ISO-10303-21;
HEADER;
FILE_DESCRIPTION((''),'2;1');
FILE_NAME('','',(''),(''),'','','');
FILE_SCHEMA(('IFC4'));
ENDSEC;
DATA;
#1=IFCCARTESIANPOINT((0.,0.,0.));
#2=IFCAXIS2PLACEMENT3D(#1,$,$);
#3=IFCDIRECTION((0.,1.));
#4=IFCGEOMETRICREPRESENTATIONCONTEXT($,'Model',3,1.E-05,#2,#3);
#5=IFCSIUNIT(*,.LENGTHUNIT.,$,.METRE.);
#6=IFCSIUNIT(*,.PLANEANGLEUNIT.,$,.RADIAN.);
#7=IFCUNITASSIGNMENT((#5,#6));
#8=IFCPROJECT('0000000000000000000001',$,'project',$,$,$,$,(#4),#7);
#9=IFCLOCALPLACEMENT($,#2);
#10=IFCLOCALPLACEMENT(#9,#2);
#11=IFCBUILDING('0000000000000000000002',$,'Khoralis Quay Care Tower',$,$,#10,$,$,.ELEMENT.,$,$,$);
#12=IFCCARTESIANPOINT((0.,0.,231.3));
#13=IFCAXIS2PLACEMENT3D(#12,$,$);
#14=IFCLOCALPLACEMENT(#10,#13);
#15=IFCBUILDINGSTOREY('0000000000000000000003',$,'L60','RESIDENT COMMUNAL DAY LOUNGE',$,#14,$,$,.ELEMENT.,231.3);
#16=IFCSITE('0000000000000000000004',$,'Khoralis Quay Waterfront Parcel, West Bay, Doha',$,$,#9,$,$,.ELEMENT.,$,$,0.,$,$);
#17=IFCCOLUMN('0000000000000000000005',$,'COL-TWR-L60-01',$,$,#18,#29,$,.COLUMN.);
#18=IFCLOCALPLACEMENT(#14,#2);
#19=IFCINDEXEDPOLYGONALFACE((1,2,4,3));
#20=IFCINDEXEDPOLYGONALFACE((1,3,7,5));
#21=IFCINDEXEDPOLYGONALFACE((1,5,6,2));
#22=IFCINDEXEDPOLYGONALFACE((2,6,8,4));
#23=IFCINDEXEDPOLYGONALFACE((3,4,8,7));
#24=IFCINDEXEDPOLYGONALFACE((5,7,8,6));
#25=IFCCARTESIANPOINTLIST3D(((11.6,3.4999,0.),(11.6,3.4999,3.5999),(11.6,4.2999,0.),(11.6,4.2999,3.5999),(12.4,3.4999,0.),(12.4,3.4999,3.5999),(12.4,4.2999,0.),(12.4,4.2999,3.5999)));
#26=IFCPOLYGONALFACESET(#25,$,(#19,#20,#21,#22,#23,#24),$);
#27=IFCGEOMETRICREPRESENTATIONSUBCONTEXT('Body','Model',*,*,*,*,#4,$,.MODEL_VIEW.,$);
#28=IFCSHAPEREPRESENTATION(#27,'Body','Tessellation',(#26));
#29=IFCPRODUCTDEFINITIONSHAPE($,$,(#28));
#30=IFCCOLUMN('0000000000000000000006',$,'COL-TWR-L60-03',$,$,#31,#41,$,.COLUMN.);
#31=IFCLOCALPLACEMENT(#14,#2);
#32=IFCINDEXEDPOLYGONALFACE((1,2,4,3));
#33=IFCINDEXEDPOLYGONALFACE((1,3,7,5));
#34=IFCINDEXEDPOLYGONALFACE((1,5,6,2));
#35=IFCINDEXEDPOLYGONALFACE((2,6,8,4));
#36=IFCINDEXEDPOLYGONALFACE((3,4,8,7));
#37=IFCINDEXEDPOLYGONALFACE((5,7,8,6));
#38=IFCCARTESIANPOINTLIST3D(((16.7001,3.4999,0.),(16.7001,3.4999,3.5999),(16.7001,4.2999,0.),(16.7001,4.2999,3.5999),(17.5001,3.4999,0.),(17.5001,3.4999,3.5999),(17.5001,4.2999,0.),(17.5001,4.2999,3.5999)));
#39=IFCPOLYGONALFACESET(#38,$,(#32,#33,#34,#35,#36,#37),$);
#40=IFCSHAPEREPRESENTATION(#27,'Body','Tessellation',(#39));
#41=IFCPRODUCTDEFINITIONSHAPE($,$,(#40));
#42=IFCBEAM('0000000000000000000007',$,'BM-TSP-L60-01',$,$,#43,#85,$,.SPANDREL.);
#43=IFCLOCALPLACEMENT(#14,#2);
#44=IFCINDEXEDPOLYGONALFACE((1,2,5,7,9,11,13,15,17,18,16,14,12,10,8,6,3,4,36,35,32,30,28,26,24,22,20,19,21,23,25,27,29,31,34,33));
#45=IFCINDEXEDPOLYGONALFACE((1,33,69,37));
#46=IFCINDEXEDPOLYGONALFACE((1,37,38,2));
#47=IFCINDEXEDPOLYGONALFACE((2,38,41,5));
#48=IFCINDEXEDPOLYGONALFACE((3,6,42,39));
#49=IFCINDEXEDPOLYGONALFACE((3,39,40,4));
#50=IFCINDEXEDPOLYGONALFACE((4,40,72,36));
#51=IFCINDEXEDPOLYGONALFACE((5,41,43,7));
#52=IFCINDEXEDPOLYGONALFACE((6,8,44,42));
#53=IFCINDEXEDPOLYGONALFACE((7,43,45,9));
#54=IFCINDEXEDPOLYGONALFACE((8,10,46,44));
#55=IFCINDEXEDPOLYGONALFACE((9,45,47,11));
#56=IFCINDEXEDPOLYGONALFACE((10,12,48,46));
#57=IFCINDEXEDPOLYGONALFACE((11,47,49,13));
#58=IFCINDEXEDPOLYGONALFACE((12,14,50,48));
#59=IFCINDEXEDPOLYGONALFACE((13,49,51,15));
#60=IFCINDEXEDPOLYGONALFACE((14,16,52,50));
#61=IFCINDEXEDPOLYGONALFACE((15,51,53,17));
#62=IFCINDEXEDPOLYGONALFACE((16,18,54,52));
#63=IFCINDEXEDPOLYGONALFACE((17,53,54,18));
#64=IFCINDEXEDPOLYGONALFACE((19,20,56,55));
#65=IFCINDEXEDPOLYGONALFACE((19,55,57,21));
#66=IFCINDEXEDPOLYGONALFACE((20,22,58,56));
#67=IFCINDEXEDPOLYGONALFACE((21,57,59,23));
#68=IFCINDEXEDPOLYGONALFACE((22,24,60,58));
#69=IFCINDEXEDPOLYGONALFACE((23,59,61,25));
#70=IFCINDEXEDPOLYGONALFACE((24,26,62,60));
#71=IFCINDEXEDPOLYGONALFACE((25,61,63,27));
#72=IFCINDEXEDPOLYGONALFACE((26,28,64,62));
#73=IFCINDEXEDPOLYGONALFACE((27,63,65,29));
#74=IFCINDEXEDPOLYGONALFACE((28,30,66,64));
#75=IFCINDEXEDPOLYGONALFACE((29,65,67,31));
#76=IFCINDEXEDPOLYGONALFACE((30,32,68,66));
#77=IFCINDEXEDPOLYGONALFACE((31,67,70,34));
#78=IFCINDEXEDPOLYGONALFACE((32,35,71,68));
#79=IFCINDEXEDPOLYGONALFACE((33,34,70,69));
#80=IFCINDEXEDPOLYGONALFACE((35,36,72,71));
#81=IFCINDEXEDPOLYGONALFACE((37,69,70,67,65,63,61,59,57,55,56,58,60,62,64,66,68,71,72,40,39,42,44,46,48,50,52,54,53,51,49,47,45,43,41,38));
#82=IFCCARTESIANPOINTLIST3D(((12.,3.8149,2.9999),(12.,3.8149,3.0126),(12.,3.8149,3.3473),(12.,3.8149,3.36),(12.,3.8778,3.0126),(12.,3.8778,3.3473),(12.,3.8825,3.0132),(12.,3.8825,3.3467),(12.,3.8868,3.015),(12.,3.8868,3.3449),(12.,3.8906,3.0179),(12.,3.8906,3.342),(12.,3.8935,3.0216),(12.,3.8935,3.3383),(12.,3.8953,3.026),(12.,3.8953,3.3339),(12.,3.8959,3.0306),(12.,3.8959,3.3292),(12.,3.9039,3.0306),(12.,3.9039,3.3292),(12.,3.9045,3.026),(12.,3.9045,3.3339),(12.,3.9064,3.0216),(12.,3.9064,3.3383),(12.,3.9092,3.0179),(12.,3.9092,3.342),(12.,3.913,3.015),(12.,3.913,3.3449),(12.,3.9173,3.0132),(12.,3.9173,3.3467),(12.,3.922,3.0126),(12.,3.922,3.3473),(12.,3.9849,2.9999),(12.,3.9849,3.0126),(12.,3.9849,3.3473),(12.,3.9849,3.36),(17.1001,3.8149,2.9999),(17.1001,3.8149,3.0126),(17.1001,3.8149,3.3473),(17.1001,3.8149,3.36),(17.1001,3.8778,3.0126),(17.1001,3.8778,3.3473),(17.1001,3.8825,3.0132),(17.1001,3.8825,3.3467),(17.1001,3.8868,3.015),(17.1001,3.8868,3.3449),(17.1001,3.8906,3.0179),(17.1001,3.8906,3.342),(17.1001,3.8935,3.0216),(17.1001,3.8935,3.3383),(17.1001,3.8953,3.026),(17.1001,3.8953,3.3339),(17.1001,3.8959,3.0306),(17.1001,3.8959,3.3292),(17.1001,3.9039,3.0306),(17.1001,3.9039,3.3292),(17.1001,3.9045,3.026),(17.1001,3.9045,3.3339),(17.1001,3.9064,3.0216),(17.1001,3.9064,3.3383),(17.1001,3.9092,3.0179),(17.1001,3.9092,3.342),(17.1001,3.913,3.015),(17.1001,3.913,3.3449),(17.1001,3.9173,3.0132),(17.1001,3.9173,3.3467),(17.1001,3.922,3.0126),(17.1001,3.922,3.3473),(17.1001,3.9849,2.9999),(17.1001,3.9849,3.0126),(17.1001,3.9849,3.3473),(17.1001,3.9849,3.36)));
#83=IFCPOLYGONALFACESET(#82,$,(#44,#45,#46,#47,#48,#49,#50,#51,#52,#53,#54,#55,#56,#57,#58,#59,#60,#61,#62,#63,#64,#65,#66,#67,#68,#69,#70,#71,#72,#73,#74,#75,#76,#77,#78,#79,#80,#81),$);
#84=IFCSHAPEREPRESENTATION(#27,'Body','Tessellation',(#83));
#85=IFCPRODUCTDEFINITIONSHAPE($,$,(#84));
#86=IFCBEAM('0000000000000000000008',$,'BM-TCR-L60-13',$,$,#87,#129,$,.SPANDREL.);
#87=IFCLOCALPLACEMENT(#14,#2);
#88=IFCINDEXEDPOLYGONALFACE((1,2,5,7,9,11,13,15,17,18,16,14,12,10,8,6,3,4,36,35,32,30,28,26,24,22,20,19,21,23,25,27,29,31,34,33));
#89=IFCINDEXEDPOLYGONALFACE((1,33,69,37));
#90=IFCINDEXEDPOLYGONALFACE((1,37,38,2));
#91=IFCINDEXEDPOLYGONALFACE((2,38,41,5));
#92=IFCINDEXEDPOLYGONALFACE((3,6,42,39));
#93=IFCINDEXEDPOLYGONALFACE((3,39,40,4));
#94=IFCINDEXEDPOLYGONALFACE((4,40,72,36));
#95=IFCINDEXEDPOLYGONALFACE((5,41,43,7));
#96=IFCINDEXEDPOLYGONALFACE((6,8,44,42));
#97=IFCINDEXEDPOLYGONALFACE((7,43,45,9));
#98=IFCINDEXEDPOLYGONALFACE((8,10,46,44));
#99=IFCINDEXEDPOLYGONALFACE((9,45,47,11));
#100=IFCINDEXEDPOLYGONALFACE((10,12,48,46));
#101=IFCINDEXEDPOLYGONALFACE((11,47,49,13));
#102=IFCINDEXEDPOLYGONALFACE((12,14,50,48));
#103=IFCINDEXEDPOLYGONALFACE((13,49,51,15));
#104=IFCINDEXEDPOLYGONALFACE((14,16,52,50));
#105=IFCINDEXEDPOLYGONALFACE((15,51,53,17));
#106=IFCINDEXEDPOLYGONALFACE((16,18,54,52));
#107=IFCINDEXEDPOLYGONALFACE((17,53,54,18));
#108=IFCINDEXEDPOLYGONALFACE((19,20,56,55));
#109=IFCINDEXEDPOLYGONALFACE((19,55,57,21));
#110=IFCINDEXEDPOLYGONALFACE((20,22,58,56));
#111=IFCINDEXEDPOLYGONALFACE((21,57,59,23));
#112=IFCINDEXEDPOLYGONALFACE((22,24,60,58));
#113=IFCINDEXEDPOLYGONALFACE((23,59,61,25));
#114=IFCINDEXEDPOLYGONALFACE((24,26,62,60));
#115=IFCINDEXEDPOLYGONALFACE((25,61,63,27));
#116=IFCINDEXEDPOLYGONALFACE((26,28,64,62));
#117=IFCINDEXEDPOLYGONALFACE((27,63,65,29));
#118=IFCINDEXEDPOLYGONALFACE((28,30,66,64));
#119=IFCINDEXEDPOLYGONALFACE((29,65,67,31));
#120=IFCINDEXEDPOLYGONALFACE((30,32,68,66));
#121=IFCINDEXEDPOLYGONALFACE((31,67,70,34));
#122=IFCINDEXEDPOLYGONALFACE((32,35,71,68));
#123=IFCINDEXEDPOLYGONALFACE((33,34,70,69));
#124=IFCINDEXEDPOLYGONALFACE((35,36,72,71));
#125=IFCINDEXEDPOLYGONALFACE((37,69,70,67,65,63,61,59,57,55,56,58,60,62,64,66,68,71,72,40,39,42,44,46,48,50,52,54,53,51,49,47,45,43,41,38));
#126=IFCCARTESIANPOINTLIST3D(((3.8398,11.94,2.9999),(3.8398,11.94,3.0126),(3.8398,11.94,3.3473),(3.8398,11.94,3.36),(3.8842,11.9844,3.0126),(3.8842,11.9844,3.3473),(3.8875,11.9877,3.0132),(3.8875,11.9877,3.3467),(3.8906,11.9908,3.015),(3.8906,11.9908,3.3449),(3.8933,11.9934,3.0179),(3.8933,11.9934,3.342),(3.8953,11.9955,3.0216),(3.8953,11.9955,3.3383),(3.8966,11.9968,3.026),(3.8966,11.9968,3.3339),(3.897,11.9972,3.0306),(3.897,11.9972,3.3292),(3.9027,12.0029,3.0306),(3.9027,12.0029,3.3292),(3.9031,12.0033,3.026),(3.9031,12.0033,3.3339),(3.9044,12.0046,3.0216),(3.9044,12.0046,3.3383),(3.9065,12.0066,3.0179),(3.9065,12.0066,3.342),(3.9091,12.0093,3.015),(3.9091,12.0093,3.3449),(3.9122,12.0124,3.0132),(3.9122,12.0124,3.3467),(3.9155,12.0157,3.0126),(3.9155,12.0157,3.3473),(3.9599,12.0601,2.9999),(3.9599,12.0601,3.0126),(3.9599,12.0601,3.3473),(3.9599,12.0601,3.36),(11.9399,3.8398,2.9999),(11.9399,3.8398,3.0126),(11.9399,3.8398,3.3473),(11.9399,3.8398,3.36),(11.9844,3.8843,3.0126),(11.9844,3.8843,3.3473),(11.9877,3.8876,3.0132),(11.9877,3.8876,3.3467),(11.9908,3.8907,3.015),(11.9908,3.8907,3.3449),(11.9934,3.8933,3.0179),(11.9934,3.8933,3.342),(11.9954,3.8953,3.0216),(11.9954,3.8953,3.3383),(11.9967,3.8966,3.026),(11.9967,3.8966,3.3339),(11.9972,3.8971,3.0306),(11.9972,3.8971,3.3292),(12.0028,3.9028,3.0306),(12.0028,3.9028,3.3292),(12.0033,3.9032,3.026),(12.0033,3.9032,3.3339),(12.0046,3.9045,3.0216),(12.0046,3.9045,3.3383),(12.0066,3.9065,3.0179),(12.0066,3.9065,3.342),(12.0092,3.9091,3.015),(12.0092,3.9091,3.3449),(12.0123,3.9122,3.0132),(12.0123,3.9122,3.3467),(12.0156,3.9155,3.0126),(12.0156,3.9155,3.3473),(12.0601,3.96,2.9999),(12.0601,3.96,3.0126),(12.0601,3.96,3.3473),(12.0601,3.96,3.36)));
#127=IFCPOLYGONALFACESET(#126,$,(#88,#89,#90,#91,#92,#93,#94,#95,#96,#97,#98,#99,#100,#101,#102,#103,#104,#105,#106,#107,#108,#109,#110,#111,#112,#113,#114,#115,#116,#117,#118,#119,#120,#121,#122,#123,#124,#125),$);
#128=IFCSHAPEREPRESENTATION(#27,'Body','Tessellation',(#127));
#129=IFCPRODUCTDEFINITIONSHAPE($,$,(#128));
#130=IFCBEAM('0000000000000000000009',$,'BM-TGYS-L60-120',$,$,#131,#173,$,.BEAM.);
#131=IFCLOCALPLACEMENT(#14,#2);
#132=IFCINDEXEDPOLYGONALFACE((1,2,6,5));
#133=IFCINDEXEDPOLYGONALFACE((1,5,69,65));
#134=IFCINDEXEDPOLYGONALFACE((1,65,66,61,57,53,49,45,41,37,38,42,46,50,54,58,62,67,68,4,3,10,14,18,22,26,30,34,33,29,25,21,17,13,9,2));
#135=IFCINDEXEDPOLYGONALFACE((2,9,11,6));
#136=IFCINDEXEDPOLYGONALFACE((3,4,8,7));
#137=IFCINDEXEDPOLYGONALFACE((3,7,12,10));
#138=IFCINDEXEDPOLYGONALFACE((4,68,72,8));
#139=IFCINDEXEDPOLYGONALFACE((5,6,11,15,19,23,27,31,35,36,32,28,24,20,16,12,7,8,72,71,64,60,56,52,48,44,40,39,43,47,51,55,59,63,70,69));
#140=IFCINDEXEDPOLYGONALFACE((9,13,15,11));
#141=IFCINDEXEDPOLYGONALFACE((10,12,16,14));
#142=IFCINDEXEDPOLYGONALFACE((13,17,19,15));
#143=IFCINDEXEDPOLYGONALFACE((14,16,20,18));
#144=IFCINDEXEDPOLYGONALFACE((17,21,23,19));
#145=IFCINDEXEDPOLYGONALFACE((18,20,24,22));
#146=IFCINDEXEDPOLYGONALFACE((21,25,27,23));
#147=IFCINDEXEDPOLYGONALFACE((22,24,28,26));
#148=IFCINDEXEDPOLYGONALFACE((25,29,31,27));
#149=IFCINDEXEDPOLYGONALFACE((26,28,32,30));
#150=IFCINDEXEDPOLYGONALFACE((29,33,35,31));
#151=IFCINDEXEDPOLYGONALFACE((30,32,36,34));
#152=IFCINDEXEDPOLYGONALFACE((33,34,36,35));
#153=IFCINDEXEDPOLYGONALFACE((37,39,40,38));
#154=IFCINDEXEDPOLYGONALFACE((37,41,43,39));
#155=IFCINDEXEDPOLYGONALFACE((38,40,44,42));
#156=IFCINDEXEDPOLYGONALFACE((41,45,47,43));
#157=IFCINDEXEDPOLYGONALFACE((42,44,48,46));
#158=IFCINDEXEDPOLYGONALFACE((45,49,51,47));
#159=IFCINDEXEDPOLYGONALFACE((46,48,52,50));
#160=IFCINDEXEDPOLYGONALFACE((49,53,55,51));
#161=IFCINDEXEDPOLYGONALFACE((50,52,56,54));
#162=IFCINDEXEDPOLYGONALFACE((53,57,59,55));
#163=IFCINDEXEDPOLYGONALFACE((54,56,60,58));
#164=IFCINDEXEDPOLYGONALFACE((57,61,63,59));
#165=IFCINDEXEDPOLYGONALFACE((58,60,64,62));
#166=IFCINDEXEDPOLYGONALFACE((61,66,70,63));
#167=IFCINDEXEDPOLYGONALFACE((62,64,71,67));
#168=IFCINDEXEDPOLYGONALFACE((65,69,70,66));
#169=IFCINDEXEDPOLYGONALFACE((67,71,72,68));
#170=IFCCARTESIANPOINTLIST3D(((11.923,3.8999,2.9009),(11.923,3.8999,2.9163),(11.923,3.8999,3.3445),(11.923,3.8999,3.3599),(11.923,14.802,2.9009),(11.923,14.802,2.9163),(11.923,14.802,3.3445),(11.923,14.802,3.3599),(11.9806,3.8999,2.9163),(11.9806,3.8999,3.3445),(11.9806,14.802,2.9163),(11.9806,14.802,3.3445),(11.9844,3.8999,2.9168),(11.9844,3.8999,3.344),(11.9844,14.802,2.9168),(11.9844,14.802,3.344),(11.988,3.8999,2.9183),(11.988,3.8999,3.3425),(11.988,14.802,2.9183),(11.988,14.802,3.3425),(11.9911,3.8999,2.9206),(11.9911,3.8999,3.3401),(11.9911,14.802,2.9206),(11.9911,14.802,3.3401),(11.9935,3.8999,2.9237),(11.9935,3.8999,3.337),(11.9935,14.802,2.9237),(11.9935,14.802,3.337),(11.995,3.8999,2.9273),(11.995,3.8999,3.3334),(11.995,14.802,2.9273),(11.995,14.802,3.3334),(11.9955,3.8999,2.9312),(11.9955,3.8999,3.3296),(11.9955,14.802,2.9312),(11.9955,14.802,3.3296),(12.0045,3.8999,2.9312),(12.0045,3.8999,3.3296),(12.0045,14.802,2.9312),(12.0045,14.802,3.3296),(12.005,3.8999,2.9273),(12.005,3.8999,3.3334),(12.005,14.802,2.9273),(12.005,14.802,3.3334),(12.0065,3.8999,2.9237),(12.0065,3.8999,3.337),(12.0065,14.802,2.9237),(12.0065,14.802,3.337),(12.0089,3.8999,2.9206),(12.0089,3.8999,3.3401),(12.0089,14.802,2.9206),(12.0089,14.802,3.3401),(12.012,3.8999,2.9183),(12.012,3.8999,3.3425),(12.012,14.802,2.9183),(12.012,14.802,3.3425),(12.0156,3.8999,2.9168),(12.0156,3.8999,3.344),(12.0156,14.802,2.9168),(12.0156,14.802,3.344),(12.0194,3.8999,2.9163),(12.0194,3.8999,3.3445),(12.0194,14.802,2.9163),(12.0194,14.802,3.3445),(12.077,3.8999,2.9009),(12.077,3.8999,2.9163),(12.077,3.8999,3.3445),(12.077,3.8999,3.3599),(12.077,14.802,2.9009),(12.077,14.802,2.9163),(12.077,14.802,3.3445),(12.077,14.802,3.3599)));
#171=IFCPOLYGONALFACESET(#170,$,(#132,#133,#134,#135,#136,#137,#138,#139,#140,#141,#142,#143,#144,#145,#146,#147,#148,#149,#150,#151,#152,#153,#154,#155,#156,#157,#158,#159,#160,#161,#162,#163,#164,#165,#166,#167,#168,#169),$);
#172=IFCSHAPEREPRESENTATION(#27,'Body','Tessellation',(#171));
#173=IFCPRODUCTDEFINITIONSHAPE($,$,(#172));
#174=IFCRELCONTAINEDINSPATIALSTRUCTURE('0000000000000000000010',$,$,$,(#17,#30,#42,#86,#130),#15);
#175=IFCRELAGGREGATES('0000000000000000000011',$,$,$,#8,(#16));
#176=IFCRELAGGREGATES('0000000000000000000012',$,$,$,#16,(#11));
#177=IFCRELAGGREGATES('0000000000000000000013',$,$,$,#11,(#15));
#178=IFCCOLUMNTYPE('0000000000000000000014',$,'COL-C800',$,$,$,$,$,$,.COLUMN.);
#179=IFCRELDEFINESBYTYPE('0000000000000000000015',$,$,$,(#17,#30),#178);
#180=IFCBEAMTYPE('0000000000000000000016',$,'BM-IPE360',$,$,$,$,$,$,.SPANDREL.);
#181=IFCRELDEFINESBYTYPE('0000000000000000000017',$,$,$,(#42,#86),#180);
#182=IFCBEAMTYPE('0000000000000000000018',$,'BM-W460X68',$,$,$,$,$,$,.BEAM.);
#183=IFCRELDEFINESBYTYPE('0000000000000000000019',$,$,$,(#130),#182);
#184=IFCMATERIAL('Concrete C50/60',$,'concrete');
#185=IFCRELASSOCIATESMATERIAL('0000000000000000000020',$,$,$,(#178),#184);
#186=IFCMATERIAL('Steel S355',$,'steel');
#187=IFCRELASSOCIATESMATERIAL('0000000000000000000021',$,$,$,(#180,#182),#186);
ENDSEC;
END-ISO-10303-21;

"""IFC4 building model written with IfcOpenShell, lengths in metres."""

from ifc_helpers import new_model, si_unit, direction, frame, origin, origin_2d, place, context, subcontext, project, spatial, rectangle, i_section, extrude, source, transform, mapped, material, material_profile, profile_set, type_object, element, save


model = new_model("IFC4")

# Units and contexts
model_context = context("Model", 3, precision=1e-05, world=origin(), true_north=direction((0.0, 1.0)))
body_context = subcontext(model_context, "Body", "Model", "MODEL_VIEW")
ifc_project = project(units=[si_unit("LENGTHUNIT", "METRE"), si_unit("PLANEANGLEUNIT", "RADIAN")], contexts=[model_context])

# Site, building, storey
site_placement = place(None, origin())
site = spatial("IfcSite", under=ifc_project, at=site_placement, Name="Khoralis Quay Waterfront Parcel, West Bay, Doha", CompositionType="ELEMENT", RefElevation=0.0)
building_placement = place(site_placement, origin())
building = spatial("IfcBuilding", under=site, at=building_placement, Name="Khoralis Quay Care Tower", CompositionType="ELEMENT")
storey_placement = place(building_placement, frame((0.0, 0.0, 231.3)))
storey = spatial("IfcBuildingStorey", under=building, at=storey_placement, Name="L60", Description="RESIDENT COMMUNAL DAY LOUNGE", CompositionType="ELEMENT", Elevation=231.3)

# Columns
ifc_material_1 = material(Name="Concrete C50/60", Category="concrete")
ifc_material_profile_1 = material_profile(ifc_material_1, rectangle(XDim=0.8, YDim=0.8, at=origin_2d()), Name="Concrete C50/60")
ifc_profile_set_1 = profile_set([ifc_material_profile_1], Name="Concrete C50/60")
column_type = type_object("IfcColumnType", Name="COL-C800", PredefinedType="COLUMN", material=ifc_profile_set_1)
shared_shape_1 = source(origin(), body_context, "Body", "SweptSolid", [
    extrude(rectangle(XDim=0.8, YDim=0.8, at=origin_2d()), origin(), (0.0, 0.0, 1.0), 3.5999),
])
for number, where, z_axis, x_axis, name in (
    (1, (12.0, 3.8999, 0.0), (0.0, 0.0, 1.0), (1.0, 0.0, 0.0), "COL-TWR-L60-01"),
    (2, (17.1001, 3.8999, 0.0), (0.0, 0.0, 1.0), (1.0, 0.0, 0.0), "COL-TWR-L60-03"),
):
    element("IfcColumn", number, at=place(storey_placement, frame(where, z_axis=z_axis, x_axis=x_axis)), inside=storey, type_object=column_type, Name=name, PredefinedType="COLUMN", context=body_context, shape_type="MappedRepresentation", body=[
        mapped(shared_shape_1, transform((0.0, 0.0, 0.0), scale=1.0)),
    ])

# Beams
ifc_material_2 = material(Name="Steel S355", Category="steel")
ifc_material_profile_2 = material_profile(ifc_material_2, i_section(OverallWidth=0.1699, OverallDepth=0.3601, WebThickness=0.0081, FlangeThickness=0.0127, FilletRadius=0.0181, at=origin_2d()), Name="Steel S355")
ifc_profile_set_2 = profile_set([ifc_material_profile_2], Name="Steel S355")
beam_type_1 = type_object("IfcBeamType", Name="BM-IPE360", PredefinedType="SPANDREL", material=ifc_profile_set_2)
shared_shape_2 = source(origin(), body_context, "Body", "SweptSolid", [
    extrude(i_section(OverallWidth=0.1699, OverallDepth=0.3601, WebThickness=0.0081, FlangeThickness=0.0127, FilletRadius=0.0181, at=origin_2d()), origin(), (0.0, 0.0, 1.0), 5.1001),
])
beam_1_placement = place(storey_placement, frame((12.0, 3.8999, 3.1799), z_axis=(1.0, 0.0, 0.0), x_axis=(0.0, 1.0, 0.0)))
element("IfcBeam", 3, at=beam_1_placement, inside=storey, type_object=beam_type_1, Name="BM-TSP-L60-01", PredefinedType="SPANDREL", context=body_context, shape_type="MappedRepresentation", body=[
    mapped(shared_shape_2, transform((0.0, 0.0, 0.0), scale=1.0)),
])
shared_shape_3 = source(origin(), body_context, "Body", "SweptSolid", [
    extrude(i_section(OverallWidth=0.1699, OverallDepth=0.3601, WebThickness=0.0081, FlangeThickness=0.0127, FilletRadius=0.0181, at=origin_2d()), origin(), (0.0, 0.0, 1.0), 11.4553),
])
beam_2_placement = place(storey_placement, frame((12.0, 3.8999, 3.1799), z_axis=(-0.707107, 0.707107, 0.0), x_axis=(-0.707107, -0.707107, 0.0)))
element("IfcBeam", 4, at=beam_2_placement, inside=storey, type_object=beam_type_1, Name="BM-TCR-L60-13", PredefinedType="SPANDREL", context=body_context, shape_type="MappedRepresentation", body=[
    mapped(shared_shape_3, transform((0.0, 0.0, 0.0), scale=1.0)),
])
ifc_material_profile_3 = material_profile(ifc_material_2, i_section(OverallWidth=0.1541, OverallDepth=0.459, WebThickness=0.009, FlangeThickness=0.0154, FilletRadius=0.0149, at=origin_2d()), Name="Steel S355")
ifc_profile_set_3 = profile_set([ifc_material_profile_3], Name="Steel S355")
beam_type_2 = type_object("IfcBeamType", Name="BM-W460X68", PredefinedType="BEAM", material=ifc_profile_set_3)
shared_shape_4 = source(origin(), body_context, "Body", "SweptSolid", [
    extrude(i_section(OverallWidth=0.1541, OverallDepth=0.459, WebThickness=0.009, FlangeThickness=0.0154, FilletRadius=0.0149, at=origin_2d()), origin(), (0.0, 0.0, 1.0), 10.9021),
])
beam_3_placement = place(storey_placement, frame((12.0, 3.8999, 3.1304), z_axis=(0.0, 1.0, 0.0), x_axis=(-1.0, 0.0, 0.0)))
element("IfcBeam", 5, at=beam_3_placement, inside=storey, type_object=beam_type_2, Name="BM-TGYS-L60-120", PredefinedType="BEAM", context=body_context, shape_type="MappedRepresentation", body=[
    mapped(shared_shape_4, transform((0.0, 0.0, 0.0), scale=1.0)),
])

save(model, "model.ifc")
